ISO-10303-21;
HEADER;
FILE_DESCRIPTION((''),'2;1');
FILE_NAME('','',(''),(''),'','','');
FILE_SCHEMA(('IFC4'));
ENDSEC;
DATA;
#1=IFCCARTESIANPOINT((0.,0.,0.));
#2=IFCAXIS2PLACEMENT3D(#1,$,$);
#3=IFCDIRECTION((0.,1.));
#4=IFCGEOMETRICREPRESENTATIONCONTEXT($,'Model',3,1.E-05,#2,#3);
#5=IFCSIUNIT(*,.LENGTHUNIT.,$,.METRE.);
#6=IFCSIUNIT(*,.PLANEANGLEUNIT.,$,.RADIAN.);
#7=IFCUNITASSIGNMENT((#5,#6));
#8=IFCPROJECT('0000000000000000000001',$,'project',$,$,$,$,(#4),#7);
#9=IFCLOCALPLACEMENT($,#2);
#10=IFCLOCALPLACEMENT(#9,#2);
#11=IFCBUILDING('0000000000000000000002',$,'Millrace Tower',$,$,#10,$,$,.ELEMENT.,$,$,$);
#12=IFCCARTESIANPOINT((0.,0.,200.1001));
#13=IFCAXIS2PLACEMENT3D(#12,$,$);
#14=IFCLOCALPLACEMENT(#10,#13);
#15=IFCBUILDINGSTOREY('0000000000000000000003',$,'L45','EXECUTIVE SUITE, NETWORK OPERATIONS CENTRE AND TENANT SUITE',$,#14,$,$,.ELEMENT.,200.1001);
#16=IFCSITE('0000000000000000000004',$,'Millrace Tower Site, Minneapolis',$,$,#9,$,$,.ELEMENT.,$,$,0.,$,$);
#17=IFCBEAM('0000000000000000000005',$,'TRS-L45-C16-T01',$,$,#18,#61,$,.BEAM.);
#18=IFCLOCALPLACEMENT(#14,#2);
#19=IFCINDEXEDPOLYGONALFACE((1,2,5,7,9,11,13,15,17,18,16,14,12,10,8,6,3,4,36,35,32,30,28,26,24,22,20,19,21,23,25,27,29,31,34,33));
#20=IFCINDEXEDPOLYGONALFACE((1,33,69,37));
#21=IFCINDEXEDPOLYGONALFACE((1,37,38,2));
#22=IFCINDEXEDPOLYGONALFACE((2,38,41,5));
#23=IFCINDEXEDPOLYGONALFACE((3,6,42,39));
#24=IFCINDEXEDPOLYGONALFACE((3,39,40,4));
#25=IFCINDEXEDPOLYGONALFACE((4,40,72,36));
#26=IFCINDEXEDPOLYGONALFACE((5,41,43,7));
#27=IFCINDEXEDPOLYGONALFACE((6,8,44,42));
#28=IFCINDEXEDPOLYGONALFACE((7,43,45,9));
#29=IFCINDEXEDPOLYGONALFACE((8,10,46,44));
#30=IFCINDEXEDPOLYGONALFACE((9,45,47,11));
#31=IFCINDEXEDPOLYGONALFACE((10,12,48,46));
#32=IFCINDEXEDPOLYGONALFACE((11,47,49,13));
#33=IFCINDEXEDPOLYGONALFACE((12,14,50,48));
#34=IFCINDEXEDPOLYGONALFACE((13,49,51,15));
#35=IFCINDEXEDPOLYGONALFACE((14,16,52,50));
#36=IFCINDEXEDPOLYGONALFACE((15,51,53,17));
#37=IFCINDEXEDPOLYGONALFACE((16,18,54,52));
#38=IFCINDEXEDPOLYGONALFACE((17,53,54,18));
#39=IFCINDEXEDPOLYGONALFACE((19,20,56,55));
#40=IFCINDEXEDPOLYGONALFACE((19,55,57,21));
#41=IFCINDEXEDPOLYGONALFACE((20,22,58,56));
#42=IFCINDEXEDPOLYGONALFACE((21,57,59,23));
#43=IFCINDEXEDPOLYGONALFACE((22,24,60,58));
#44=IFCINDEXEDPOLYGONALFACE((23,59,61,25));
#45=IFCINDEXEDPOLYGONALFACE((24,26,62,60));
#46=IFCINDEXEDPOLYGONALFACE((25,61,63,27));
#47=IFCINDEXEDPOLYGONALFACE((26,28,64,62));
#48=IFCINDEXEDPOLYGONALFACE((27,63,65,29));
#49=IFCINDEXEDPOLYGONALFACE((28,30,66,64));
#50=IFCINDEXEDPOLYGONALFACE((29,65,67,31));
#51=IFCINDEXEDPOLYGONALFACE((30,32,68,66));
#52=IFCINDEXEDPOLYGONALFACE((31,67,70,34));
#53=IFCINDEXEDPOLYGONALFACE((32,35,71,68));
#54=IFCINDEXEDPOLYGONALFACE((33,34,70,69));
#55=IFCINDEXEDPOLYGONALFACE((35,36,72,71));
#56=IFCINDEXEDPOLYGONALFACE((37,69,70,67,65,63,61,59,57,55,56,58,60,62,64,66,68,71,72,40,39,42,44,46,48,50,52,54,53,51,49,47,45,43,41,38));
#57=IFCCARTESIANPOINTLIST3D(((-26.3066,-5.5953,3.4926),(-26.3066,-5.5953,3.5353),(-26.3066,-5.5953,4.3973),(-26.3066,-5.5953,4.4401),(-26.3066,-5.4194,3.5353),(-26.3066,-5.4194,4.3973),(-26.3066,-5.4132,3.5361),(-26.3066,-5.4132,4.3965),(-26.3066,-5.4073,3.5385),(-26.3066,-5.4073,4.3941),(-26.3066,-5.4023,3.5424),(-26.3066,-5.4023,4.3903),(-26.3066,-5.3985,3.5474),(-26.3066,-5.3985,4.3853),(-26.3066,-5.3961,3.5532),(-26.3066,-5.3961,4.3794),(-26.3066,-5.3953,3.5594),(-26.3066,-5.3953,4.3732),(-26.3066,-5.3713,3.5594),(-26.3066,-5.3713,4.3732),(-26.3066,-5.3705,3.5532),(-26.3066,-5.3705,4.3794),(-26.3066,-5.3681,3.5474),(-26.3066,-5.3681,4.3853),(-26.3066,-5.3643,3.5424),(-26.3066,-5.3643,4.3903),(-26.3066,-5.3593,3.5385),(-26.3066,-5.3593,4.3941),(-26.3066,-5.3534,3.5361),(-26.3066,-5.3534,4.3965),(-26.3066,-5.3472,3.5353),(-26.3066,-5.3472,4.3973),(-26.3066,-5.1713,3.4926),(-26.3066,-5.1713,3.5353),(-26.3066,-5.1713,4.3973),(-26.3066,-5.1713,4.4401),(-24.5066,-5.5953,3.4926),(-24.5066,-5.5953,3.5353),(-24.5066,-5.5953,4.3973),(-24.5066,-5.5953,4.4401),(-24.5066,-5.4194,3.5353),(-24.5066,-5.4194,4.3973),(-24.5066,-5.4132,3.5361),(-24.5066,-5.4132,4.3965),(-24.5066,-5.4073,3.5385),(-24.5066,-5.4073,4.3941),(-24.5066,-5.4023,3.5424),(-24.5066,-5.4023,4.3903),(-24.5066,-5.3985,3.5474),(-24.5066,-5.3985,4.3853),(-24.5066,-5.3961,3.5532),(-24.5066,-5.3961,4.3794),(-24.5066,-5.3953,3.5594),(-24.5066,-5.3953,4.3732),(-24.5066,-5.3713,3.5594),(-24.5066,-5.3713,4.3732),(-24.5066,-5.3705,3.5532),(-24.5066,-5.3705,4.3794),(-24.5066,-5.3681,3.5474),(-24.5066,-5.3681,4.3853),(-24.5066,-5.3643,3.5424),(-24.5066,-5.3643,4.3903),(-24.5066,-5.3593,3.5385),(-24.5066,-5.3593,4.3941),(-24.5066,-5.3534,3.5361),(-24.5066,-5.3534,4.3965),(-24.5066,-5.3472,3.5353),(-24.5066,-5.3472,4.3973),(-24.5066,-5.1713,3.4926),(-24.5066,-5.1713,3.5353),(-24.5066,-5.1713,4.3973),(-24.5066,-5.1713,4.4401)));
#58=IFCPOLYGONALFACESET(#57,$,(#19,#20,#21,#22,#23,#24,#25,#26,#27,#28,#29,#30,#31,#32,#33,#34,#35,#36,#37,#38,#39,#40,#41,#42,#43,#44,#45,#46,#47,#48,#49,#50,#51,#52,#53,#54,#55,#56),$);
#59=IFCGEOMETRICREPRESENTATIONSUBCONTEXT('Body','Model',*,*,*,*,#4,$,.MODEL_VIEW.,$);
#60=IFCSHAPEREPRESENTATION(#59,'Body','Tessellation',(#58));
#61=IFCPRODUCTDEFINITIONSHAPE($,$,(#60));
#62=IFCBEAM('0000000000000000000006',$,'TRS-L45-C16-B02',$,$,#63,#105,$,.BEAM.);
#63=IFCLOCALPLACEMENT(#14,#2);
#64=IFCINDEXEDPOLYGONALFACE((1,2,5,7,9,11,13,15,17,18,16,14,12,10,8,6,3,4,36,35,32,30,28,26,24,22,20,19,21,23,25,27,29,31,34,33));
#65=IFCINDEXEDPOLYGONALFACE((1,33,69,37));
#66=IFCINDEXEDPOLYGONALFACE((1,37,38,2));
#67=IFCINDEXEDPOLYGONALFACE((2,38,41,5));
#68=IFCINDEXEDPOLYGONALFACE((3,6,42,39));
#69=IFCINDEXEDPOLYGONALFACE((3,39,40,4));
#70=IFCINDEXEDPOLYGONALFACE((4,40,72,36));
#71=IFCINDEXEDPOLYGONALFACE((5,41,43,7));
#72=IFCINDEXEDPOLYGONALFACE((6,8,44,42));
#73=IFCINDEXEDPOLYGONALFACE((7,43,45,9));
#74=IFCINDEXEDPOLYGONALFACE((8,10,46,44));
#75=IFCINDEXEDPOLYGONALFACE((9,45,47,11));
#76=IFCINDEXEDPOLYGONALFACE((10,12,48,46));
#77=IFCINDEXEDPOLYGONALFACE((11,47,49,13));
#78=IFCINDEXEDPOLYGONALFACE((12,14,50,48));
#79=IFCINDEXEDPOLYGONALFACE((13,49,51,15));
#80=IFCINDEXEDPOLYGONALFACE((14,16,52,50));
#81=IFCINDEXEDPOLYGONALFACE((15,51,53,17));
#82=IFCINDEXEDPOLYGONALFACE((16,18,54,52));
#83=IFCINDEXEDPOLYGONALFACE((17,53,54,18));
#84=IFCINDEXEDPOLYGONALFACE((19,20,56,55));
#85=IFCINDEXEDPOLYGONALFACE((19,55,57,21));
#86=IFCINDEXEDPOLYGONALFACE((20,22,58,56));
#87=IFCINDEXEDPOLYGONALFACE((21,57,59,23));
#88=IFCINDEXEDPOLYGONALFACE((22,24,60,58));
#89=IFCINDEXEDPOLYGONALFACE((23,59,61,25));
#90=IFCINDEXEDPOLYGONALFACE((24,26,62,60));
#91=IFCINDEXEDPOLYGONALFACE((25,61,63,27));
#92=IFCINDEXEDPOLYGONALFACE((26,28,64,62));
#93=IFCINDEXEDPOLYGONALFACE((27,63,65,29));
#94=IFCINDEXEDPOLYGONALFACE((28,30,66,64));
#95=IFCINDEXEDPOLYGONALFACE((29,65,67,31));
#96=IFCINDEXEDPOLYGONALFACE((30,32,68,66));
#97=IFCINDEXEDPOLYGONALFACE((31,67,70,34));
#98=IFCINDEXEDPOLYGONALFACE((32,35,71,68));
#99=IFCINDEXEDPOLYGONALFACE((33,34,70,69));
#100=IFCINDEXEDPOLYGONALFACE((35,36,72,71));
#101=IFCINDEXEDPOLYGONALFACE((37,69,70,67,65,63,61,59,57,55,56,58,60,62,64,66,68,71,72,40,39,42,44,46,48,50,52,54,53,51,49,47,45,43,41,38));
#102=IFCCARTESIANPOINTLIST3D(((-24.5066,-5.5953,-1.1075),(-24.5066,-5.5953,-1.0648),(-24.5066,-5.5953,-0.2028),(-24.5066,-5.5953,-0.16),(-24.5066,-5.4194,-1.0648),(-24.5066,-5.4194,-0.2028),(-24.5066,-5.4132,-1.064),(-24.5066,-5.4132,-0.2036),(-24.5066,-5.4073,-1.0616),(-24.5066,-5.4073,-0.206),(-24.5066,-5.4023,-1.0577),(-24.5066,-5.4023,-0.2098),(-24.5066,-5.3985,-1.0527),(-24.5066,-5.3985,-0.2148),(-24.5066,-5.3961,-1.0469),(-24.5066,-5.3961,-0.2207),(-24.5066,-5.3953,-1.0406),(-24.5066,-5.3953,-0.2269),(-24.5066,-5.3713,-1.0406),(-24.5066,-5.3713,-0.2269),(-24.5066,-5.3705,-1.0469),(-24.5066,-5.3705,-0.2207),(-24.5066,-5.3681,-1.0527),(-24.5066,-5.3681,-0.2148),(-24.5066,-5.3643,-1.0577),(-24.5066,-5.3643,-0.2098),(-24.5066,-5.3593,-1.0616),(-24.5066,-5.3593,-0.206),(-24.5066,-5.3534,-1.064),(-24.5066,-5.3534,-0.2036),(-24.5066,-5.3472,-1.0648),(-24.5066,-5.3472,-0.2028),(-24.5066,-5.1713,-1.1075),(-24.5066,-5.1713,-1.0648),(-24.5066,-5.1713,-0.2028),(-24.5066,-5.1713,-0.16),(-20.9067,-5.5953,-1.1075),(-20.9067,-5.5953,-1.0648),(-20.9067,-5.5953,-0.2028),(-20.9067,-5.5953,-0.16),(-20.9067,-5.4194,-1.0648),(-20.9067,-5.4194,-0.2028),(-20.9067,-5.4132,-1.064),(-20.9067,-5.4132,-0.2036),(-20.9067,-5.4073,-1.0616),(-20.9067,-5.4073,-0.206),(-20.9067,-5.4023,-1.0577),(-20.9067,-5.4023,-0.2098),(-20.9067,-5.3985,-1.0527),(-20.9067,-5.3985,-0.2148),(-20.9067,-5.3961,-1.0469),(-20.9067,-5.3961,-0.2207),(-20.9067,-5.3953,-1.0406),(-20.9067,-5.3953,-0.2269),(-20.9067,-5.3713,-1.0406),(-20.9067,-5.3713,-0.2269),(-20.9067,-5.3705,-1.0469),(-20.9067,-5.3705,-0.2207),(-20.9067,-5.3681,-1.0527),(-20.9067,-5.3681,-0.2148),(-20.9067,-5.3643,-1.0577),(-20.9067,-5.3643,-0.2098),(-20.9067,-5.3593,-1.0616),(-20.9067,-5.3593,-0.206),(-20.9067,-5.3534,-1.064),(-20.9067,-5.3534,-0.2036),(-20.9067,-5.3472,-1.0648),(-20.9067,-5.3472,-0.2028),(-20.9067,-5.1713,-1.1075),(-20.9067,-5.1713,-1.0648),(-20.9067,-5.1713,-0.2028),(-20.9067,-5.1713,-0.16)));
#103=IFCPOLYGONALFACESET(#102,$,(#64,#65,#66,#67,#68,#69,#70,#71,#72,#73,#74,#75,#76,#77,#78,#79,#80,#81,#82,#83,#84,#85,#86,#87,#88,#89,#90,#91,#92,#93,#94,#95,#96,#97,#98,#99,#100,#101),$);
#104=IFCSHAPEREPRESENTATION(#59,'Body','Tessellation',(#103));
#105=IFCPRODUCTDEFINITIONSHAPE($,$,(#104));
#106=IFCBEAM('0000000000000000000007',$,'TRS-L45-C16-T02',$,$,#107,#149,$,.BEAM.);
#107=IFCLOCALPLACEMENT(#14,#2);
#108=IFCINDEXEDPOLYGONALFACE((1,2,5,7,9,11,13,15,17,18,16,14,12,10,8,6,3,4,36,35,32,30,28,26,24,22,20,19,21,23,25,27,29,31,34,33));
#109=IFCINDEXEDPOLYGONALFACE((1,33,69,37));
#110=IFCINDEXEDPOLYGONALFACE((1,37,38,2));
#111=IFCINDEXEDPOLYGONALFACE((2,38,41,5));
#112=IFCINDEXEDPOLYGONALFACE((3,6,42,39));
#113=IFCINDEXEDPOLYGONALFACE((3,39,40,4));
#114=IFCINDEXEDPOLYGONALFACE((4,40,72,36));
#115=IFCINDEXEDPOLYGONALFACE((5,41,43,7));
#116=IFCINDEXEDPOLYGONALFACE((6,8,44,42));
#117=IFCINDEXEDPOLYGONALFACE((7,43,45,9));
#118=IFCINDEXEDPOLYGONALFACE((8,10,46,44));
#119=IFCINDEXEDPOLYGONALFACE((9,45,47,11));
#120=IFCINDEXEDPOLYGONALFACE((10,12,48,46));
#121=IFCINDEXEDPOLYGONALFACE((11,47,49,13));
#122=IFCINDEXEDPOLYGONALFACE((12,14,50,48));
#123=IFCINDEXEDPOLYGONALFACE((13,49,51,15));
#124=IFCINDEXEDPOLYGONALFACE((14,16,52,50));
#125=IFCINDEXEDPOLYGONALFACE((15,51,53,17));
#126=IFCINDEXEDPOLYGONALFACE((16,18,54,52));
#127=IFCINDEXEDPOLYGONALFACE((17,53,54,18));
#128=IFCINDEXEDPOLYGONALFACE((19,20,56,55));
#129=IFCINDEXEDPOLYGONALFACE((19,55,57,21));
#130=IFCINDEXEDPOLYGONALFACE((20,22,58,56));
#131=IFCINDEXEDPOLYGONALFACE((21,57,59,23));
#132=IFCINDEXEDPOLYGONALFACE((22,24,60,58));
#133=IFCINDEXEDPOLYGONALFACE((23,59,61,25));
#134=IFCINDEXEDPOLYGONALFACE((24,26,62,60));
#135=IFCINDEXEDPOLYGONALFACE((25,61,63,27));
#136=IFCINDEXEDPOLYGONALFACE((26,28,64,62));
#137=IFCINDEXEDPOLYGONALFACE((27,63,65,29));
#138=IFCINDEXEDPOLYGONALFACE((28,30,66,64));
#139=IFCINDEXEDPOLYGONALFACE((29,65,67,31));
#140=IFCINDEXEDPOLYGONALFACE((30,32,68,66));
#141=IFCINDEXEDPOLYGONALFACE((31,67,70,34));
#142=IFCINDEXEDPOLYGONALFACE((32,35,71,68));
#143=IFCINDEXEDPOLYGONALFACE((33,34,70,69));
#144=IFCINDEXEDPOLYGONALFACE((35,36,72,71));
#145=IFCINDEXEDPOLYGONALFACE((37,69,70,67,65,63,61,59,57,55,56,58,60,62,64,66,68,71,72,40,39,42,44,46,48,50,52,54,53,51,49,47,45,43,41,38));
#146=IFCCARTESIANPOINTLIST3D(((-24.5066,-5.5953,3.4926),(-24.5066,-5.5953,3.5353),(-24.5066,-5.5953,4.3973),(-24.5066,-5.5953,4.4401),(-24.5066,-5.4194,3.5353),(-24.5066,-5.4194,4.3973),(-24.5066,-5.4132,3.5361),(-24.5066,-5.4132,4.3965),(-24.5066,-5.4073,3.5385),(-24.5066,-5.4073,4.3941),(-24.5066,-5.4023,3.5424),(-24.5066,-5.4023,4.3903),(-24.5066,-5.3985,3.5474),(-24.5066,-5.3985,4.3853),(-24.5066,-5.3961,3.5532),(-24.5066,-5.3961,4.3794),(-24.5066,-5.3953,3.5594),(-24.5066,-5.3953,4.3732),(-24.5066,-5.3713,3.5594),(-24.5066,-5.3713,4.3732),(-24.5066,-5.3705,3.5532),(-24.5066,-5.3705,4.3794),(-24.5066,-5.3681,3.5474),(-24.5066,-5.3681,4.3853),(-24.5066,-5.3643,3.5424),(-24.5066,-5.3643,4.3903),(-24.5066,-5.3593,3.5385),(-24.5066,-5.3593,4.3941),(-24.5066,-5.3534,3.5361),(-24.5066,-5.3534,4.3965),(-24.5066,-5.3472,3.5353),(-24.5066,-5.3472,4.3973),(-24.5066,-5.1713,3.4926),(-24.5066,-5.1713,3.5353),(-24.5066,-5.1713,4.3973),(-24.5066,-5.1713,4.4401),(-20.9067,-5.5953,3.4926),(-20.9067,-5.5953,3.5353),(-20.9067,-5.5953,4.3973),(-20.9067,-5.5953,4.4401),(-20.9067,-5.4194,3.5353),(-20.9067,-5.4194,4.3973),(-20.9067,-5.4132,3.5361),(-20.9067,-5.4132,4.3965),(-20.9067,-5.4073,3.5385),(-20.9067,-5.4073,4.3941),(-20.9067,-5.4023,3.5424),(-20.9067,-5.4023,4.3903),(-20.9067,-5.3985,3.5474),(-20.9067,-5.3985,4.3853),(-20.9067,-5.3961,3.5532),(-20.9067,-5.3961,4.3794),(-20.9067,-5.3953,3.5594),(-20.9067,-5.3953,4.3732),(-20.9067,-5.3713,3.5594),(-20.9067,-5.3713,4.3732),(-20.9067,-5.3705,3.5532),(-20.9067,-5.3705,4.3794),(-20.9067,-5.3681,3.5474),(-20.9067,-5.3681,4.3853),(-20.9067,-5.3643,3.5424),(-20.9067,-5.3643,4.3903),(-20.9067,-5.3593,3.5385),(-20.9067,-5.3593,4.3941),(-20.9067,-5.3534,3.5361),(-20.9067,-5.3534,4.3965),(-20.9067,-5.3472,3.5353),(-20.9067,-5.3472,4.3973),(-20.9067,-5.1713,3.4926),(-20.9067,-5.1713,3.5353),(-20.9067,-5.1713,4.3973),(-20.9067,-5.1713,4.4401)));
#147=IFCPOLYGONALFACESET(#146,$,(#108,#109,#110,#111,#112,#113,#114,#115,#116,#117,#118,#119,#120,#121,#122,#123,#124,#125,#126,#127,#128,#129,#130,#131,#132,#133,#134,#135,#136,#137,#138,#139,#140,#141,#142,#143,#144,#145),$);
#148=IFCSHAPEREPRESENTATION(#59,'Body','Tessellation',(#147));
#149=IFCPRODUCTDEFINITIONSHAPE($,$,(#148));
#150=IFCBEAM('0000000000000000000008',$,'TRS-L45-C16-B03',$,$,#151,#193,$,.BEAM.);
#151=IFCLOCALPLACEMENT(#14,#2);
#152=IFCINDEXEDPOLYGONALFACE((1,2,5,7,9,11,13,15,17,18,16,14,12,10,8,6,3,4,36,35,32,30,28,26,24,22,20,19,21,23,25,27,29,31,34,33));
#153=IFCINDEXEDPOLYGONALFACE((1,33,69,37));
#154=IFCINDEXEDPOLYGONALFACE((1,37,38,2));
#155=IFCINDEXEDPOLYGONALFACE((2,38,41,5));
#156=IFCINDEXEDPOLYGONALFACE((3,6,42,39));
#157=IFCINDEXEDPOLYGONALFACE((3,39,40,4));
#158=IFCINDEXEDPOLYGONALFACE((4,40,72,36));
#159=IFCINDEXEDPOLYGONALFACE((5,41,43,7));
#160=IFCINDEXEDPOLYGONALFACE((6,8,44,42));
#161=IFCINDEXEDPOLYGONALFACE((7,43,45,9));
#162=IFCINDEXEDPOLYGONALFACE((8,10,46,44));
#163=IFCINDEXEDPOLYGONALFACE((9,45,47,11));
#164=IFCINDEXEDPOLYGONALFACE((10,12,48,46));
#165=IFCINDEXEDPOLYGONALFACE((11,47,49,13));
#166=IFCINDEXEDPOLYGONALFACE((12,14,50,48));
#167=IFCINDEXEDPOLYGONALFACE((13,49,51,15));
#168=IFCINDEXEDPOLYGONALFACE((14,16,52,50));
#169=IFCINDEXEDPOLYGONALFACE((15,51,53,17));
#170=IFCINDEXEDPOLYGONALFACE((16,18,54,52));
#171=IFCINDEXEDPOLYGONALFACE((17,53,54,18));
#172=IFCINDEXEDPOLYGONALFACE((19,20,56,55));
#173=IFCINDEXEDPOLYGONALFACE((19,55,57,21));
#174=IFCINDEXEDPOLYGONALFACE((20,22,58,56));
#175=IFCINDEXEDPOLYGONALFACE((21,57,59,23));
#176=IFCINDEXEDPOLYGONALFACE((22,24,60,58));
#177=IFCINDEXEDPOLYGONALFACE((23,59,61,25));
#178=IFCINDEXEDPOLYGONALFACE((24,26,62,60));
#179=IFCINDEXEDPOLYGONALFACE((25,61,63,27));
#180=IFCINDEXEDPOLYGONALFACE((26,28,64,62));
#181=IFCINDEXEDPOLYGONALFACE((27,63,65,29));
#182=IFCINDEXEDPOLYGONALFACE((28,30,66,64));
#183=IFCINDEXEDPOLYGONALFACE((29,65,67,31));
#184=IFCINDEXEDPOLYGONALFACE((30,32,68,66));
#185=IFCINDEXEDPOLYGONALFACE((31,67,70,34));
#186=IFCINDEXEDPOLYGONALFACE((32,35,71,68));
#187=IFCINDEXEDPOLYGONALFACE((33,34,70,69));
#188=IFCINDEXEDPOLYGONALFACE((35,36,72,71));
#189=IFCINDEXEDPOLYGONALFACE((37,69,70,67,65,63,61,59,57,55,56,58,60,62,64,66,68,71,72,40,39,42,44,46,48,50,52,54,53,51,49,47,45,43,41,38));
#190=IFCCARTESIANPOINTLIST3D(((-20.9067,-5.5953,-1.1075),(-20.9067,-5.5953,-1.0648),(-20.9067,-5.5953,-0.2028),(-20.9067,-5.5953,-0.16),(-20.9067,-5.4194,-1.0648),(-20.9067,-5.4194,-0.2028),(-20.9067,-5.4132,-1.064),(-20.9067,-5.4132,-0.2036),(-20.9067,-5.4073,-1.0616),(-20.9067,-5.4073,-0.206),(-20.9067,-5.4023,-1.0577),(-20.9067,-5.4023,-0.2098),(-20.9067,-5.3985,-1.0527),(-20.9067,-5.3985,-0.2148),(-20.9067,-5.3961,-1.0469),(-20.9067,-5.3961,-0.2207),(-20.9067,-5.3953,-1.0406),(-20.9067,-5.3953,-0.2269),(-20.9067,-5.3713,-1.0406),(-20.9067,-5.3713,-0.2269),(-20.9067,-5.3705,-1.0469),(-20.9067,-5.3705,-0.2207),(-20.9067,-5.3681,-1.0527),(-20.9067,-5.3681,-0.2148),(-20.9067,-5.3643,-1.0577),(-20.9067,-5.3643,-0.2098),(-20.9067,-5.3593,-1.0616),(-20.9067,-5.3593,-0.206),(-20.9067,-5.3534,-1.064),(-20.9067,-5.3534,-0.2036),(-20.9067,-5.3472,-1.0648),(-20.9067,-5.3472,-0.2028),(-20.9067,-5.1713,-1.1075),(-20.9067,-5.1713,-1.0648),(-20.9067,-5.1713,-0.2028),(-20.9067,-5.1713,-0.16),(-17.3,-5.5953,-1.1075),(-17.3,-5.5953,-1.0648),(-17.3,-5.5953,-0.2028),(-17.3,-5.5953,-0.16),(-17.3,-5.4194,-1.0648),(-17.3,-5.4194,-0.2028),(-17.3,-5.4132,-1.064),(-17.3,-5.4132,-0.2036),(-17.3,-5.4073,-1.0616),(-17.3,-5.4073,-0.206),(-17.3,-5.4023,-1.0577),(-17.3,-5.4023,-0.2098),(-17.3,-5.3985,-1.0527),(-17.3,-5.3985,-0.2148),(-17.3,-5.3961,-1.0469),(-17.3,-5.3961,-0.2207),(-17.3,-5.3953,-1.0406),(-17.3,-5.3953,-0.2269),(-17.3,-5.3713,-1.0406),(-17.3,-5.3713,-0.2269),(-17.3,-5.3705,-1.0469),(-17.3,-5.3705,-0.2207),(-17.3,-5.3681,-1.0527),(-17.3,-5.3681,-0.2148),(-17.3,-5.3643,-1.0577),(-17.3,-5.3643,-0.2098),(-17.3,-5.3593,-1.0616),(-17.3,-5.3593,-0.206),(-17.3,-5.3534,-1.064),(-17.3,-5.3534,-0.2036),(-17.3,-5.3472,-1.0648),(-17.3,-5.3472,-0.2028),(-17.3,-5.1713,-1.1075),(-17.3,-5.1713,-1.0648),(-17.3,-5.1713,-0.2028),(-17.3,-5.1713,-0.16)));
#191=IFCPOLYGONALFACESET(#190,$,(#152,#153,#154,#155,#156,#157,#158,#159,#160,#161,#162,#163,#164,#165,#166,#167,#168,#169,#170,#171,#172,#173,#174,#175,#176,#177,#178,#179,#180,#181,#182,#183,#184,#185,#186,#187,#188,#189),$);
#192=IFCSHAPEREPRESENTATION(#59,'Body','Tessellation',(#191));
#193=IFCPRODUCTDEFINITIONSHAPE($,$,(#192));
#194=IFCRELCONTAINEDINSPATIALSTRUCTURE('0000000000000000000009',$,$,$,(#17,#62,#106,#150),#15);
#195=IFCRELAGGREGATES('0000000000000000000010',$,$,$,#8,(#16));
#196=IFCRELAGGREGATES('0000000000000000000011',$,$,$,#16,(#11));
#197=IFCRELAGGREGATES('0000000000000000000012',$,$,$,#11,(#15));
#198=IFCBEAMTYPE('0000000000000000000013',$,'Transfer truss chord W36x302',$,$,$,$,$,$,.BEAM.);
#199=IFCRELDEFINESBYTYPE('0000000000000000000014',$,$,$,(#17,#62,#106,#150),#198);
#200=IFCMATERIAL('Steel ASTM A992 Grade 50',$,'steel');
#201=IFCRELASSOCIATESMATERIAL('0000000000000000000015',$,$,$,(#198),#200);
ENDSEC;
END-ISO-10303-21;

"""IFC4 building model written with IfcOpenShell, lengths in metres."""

from ifc_helpers import new_model, si_unit, direction, frame, origin, origin_2d, place, context, subcontext, project, spatial, i_section, extrude, material, material_profile, profile_set, type_object, element, save


model = new_model("IFC4")

# Units and contexts
model_context = context("Model", 3, precision=1e-05, world=origin(), true_north=direction((0.0, 1.0)))
body_context = subcontext(model_context, "Body", "Model", "MODEL_VIEW")
ifc_project = project(units=[si_unit("LENGTHUNIT", "METRE"), si_unit("PLANEANGLEUNIT", "RADIAN")], contexts=[model_context])

# Site, building, storey
site_placement = place(None, origin())
site = spatial("IfcSite", under=ifc_project, at=site_placement, Name="Millrace Tower Site, Minneapolis", CompositionType="ELEMENT", RefElevation=0.0)
building_placement = place(site_placement, origin())
building = spatial("IfcBuilding", under=site, at=building_placement, Name="Millrace Tower", CompositionType="ELEMENT")
storey_placement = place(building_placement, frame((0.0, 0.0, 200.1001)))
storey = spatial("IfcBuildingStorey", under=building, at=storey_placement, Name="L45", Description="EXECUTIVE SUITE, NETWORK OPERATIONS CENTRE AND TENANT SUITE", CompositionType="ELEMENT", Elevation=200.1001)

# Beams
ifc_material_1 = material(Name="Steel ASTM A992 Grade 50", Category="steel")
ifc_material_profile_1 = material_profile(ifc_material_1, i_section(OverallWidth=0.4241, OverallDepth=0.9475, WebThickness=0.0239, FlangeThickness=0.0427, FilletRadius=0.0242, at=origin_2d()))
ifc_profile_set_1 = profile_set([ifc_material_profile_1], Name="Steel ASTM A992 Grade 50")
beam_type_1 = type_object("IfcBeamType", Name="Transfer truss chord W36x302", PredefinedType="BEAM", material=ifc_profile_set_1)
for number, where, z_axis, x_axis, name in (
    (1, (-26.3066, -5.3833, 3.9663), (1.0, 0.0, 0.0), (0.0, 1.0, 0.0), "TRS-L45-C16-T01"),
):
    element("IfcBeam", number, at=place(storey_placement, frame(where, z_axis=z_axis, x_axis=x_axis)), inside=storey, type_object=beam_type_1, Name=name, PredefinedType="BEAM", context=body_context, shape_type="SweptSolid", body=[
        extrude(i_section(OverallWidth=0.4241, OverallDepth=0.9475, WebThickness=0.0239, FlangeThickness=0.0427, FilletRadius=0.0242, at=origin_2d()), origin(), (0.0, 0.0, 1.0), 1.8),
    ])
for number, where, z_axis, x_axis, name in (
    (2, (-24.5066, -5.3833, -0.6338), (1.0, 0.0, 0.0), (0.0, 1.0, 0.0), "TRS-L45-C16-B02"),
    (3, (-24.5066, -5.3833, 3.9663), (1.0, 0.0, 0.0), (0.0, 1.0, 0.0), "TRS-L45-C16-T02"),
):
    element("IfcBeam", number, at=place(storey_placement, frame(where, z_axis=z_axis, x_axis=x_axis)), inside=storey, type_object=beam_type_1, Name=name, PredefinedType="BEAM", context=body_context, shape_type="SweptSolid", body=[
        extrude(i_section(OverallWidth=0.4241, OverallDepth=0.9475, WebThickness=0.0239, FlangeThickness=0.0427, FilletRadius=0.0242, at=origin_2d()), origin(), (0.0, 0.0, 1.0), 3.5999),
    ])
for number, where, z_axis, x_axis, name in (
    (4, (-20.9067, -5.3833, -0.6338), (1.0, 0.0, 0.0), (0.0, 1.0, 0.0), "TRS-L45-C16-B03"),
):
    element("IfcBeam", number, at=place(storey_placement, frame(where, z_axis=z_axis, x_axis=x_axis)), inside=storey, type_object=beam_type_1, Name=name, PredefinedType="BEAM", context=body_context, shape_type="SweptSolid", body=[
        extrude(i_section(OverallWidth=0.4241, OverallDepth=0.9475, WebThickness=0.0239, FlangeThickness=0.0427, FilletRadius=0.0242, at=origin_2d()), origin(), (0.0, 0.0, 1.0), 3.6067),
    ])

save(model, "model.ifc")
